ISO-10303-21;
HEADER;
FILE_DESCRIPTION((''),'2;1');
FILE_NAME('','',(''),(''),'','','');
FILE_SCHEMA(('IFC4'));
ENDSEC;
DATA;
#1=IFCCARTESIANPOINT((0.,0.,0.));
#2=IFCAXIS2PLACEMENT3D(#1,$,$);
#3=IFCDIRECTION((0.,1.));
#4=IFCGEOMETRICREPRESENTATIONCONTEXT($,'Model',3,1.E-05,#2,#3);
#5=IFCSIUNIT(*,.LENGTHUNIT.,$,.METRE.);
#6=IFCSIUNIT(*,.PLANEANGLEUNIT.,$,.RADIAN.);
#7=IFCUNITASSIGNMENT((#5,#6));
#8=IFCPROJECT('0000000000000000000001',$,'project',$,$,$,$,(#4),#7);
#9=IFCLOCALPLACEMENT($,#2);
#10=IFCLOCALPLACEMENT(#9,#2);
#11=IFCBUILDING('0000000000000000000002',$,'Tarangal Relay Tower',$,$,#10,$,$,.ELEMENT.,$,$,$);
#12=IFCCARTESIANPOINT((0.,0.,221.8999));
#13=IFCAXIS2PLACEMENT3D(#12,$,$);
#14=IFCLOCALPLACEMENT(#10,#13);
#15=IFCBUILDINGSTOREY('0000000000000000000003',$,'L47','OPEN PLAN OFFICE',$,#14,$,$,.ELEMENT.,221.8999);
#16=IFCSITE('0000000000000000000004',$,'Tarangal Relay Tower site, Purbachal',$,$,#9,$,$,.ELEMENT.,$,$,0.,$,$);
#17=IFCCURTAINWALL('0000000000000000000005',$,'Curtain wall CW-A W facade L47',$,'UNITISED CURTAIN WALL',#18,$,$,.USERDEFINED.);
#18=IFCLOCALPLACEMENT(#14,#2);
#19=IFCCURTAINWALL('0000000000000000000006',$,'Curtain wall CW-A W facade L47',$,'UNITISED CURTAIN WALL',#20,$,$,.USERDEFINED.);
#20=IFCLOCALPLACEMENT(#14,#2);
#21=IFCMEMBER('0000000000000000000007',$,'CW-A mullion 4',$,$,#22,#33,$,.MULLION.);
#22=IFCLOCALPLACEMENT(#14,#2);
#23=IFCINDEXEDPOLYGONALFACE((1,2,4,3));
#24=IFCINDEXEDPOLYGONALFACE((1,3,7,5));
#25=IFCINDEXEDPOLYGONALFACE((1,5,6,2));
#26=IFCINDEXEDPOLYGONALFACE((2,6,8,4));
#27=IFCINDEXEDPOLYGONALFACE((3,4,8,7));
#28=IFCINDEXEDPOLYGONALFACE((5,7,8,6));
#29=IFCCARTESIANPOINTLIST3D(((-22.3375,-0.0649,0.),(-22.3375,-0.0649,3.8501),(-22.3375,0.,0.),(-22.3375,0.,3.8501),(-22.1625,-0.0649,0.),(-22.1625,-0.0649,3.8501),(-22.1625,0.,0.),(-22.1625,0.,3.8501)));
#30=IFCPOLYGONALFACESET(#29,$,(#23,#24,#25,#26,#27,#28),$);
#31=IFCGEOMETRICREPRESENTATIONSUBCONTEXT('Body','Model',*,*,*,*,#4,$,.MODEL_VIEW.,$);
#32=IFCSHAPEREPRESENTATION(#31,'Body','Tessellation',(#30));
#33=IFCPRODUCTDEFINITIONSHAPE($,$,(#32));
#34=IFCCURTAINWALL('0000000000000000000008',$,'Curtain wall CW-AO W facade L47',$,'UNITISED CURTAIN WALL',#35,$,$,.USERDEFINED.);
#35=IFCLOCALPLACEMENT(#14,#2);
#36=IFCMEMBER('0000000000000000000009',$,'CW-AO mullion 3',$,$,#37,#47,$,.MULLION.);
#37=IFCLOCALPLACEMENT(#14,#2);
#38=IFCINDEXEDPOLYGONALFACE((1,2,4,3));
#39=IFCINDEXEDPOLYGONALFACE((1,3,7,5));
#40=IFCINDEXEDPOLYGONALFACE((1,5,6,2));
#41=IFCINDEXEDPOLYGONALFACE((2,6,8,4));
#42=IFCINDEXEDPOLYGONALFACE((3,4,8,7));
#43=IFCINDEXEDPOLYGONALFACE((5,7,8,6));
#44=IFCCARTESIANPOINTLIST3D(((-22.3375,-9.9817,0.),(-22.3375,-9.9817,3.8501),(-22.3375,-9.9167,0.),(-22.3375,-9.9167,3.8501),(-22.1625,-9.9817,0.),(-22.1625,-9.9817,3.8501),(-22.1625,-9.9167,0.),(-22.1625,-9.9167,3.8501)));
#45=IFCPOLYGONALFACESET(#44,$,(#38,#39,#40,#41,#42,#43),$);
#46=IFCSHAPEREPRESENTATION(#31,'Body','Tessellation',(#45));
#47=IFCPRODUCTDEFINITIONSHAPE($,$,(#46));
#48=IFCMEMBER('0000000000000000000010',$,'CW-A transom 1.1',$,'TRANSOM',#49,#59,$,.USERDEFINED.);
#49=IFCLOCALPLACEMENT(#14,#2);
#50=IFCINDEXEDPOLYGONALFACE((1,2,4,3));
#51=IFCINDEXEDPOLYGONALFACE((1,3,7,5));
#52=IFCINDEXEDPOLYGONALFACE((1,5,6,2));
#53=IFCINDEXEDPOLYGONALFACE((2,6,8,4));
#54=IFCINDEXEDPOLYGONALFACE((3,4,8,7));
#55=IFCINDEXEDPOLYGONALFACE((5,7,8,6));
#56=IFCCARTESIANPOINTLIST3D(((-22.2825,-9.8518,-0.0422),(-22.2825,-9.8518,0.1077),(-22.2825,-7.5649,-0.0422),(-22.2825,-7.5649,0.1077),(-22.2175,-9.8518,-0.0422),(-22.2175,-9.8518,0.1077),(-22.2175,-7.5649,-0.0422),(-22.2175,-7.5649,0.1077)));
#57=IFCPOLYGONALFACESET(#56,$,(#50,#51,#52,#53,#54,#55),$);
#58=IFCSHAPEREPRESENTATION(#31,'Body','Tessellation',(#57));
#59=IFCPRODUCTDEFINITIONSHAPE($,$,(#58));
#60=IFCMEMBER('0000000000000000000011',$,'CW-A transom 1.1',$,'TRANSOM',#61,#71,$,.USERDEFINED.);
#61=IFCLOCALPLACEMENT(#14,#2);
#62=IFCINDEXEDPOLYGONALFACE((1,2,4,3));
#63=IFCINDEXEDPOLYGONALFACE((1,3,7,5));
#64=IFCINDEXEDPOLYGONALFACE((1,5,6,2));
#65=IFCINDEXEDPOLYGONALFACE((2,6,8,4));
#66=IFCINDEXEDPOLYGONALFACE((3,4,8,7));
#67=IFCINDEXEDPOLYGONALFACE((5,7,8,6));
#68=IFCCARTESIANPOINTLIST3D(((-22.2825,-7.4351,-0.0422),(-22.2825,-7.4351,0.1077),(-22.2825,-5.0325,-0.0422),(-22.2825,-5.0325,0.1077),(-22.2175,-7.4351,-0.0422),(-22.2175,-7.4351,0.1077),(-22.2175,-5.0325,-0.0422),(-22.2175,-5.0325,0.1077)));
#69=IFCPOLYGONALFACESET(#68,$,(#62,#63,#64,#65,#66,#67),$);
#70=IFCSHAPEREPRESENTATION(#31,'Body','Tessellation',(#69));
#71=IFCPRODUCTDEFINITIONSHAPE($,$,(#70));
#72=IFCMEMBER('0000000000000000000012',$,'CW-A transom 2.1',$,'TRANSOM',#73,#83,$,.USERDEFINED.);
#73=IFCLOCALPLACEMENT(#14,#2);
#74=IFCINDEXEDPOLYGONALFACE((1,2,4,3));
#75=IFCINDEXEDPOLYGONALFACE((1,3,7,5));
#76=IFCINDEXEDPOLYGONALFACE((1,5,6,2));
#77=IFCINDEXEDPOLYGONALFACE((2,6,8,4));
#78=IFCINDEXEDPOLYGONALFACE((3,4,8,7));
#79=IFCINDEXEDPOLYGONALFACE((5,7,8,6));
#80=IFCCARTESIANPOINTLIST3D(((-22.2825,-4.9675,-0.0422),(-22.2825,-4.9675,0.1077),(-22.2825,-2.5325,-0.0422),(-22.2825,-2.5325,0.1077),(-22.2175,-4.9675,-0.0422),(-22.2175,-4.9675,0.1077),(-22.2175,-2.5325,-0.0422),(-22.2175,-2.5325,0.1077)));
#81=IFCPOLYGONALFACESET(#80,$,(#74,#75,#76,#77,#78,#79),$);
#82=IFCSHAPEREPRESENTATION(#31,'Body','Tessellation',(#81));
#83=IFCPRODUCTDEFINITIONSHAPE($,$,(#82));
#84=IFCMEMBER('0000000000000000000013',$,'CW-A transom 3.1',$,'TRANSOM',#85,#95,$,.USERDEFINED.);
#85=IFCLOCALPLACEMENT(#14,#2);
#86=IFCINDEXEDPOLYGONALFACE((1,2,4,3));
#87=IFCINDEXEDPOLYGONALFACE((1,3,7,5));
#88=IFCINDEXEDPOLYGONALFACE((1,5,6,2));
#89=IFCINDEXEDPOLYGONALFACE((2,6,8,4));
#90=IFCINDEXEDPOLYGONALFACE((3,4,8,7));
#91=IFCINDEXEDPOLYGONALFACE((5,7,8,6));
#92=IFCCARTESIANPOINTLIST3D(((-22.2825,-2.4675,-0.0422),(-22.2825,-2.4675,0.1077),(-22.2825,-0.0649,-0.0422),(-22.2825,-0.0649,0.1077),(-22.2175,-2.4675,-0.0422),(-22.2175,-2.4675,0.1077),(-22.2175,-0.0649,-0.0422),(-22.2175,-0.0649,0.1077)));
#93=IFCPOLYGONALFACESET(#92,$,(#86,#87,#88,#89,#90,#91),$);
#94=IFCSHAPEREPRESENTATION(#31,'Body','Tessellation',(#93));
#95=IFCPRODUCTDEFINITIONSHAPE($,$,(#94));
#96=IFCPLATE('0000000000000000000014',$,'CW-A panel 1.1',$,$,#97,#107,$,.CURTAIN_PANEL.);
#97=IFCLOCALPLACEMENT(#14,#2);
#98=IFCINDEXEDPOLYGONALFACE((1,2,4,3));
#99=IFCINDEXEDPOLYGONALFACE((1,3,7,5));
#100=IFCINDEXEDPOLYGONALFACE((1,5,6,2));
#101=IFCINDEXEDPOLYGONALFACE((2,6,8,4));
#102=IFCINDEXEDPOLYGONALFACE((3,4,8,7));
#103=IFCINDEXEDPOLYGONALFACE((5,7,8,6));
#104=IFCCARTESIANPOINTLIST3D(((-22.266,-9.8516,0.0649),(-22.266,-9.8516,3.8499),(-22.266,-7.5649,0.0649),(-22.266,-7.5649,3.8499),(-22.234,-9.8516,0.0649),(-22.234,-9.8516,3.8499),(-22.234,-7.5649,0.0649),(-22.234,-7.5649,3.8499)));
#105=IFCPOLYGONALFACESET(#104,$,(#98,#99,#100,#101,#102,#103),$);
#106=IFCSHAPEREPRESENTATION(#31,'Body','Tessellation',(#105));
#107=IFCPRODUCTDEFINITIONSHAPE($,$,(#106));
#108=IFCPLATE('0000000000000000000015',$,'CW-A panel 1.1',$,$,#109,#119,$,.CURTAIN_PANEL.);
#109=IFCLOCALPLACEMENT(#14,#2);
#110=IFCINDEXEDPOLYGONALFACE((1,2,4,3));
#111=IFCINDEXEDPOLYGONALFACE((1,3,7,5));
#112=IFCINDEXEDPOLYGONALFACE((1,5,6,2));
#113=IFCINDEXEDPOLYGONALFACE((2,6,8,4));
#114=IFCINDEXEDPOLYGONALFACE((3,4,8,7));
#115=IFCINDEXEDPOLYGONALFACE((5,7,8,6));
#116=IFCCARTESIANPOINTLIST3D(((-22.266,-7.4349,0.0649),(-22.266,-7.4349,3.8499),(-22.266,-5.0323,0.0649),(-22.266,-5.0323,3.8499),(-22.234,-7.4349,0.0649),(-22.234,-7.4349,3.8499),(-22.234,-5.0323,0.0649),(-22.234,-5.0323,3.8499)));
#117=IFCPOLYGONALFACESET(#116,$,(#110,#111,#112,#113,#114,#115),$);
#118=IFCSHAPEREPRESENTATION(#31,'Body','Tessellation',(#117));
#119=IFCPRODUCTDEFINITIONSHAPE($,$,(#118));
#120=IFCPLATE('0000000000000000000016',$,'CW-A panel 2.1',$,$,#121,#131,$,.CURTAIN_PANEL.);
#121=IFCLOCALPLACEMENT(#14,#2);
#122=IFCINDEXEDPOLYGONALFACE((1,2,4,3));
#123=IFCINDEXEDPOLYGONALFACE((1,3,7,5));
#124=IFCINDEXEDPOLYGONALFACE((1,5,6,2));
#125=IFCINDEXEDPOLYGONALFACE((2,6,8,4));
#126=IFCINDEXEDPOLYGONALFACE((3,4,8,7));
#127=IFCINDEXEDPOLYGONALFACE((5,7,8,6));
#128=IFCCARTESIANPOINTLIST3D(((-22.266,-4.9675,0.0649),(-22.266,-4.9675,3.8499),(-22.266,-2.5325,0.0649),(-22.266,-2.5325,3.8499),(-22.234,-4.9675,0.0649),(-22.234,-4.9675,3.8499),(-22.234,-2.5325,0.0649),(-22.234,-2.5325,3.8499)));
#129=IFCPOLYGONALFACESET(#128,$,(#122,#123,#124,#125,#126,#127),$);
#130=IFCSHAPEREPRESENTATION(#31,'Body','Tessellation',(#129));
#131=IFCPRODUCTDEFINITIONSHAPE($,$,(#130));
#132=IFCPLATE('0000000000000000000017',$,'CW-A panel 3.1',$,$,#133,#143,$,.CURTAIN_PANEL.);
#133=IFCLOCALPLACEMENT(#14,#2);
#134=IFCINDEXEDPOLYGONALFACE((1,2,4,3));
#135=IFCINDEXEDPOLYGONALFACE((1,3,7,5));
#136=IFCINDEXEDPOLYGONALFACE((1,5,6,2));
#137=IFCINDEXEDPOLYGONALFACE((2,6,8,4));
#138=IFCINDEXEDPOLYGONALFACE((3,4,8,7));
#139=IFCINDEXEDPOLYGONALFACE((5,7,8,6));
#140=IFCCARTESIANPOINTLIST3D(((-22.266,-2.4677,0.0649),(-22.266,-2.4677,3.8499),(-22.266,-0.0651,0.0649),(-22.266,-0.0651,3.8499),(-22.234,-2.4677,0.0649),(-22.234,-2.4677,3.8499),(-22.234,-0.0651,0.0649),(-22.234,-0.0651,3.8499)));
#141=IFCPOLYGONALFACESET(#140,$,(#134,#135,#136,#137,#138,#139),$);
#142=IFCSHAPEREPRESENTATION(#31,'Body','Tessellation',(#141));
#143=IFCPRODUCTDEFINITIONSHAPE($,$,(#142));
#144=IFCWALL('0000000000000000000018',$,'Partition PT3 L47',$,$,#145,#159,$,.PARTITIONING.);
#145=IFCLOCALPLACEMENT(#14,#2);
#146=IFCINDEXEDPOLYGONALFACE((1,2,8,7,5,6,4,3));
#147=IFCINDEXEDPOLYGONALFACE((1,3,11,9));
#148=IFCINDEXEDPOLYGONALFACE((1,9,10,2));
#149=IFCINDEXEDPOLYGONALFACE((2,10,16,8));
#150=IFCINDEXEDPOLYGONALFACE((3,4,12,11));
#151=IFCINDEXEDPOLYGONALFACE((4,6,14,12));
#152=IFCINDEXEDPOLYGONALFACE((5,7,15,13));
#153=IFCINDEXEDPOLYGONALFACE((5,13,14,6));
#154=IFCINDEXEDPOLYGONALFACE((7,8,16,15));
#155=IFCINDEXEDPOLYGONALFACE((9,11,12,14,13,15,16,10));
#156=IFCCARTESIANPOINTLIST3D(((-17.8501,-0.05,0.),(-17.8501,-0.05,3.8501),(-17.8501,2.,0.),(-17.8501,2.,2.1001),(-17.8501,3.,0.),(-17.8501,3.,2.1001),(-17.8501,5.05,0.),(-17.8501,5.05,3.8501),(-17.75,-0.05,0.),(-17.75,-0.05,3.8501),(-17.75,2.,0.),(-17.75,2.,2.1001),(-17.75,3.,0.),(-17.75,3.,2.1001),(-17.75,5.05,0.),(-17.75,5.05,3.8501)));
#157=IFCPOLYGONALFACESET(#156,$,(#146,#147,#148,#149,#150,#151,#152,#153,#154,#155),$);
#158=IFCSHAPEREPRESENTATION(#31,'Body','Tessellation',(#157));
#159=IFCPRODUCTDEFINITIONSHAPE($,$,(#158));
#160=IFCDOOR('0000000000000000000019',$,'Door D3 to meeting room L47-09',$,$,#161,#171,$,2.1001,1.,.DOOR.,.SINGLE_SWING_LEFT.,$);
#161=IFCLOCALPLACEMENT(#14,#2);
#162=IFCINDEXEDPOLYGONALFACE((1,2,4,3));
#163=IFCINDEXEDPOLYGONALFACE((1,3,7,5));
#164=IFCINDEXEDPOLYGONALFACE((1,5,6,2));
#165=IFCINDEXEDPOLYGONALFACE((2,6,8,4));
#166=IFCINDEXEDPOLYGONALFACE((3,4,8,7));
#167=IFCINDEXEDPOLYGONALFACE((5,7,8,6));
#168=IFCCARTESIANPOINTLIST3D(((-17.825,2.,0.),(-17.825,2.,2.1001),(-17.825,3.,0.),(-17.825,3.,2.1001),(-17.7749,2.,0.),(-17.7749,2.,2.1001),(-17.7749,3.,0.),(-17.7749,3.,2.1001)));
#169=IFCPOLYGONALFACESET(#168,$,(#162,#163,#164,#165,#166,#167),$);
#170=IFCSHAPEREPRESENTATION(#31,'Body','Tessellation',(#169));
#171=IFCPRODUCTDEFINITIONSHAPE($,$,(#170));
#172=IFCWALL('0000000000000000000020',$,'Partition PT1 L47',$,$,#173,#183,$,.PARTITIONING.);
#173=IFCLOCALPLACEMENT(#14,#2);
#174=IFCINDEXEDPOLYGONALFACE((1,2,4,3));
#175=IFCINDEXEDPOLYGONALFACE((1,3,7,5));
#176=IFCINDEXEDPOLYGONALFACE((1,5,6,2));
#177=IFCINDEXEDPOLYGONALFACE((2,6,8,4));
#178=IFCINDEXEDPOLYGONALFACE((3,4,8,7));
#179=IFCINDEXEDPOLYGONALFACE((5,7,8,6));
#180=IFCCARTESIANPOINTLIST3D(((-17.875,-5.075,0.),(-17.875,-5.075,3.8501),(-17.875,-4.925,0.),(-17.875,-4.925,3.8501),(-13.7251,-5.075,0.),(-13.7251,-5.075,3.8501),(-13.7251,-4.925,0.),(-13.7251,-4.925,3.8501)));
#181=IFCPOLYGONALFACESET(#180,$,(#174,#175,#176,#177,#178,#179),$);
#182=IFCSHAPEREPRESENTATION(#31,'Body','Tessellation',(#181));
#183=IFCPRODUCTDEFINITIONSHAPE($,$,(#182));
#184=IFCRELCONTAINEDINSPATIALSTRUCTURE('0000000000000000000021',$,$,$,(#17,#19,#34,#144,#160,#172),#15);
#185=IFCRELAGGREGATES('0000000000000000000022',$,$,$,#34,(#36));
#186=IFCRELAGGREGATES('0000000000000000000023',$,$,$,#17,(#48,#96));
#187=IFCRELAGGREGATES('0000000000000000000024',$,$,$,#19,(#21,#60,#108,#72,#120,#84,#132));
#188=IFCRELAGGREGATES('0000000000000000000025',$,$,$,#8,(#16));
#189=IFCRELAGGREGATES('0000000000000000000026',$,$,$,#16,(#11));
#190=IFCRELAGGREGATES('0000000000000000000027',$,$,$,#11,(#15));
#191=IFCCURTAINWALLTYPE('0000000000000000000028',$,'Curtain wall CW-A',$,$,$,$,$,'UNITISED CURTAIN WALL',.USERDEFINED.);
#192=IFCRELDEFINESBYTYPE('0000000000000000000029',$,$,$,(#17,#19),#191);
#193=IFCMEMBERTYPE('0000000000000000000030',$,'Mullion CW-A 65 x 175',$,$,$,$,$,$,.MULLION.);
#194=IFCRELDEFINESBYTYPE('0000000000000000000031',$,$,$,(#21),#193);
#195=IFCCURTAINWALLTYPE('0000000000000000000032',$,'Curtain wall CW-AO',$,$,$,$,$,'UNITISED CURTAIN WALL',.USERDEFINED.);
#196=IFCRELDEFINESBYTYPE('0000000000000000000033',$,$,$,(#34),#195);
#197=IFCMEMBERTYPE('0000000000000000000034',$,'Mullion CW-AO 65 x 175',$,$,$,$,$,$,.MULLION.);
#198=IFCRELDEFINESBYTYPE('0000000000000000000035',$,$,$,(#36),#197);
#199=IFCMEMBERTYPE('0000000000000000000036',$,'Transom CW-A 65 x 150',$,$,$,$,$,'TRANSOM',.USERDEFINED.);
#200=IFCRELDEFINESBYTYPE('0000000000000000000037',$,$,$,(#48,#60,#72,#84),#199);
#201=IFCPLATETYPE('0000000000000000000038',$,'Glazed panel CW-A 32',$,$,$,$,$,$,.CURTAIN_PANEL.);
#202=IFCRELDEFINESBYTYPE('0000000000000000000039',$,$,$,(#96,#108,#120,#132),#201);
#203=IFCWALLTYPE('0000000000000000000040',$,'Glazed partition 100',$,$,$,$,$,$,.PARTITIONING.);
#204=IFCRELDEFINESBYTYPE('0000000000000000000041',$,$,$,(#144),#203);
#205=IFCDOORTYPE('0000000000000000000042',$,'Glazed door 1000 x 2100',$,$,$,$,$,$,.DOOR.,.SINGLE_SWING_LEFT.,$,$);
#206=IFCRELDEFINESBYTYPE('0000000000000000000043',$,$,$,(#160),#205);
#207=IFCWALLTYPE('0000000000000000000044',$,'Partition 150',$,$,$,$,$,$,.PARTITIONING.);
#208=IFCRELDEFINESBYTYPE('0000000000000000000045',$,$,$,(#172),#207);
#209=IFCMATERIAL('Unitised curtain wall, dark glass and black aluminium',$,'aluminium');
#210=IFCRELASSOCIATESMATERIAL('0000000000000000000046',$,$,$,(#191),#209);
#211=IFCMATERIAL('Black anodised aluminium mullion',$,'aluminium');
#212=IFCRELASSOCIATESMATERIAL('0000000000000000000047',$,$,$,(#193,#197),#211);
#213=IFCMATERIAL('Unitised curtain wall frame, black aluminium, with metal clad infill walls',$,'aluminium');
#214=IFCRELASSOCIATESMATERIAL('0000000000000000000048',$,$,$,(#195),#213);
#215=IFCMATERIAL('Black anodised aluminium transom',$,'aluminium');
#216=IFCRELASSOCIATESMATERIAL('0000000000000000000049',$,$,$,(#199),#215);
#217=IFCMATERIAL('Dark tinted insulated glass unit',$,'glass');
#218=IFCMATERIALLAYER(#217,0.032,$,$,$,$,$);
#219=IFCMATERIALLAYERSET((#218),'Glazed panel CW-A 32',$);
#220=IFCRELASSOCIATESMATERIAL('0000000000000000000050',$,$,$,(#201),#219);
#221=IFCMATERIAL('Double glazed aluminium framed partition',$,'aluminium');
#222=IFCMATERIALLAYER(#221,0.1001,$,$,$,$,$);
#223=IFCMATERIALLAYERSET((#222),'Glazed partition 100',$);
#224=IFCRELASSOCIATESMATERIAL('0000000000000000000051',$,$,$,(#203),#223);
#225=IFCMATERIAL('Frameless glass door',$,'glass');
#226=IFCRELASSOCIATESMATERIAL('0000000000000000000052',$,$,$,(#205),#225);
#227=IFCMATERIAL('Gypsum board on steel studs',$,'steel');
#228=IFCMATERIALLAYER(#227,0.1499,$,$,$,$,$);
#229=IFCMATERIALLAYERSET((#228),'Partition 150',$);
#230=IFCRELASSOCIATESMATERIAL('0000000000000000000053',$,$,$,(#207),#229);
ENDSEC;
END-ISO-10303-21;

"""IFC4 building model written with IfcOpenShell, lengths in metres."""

from ifc_helpers import new_model, si_unit, direction, frame, frame_2d, origin, origin_2d, place, context, subcontext, project, spatial, rectangle, extrude, material, layer, layer_set, material_profile, profile_set, type_object, element, fill, aggregate, save


model = new_model("IFC4")

# Units and contexts
model_context = context("Model", 3, precision=1e-05, world=origin(), true_north=direction((0.0, 1.0)))
body_context = subcontext(model_context, "Body", "Model", "MODEL_VIEW")
ifc_project = project(units=[si_unit("LENGTHUNIT", "METRE"), si_unit("PLANEANGLEUNIT", "RADIAN")], contexts=[model_context])

# Site, building, storey
site_placement = place(None, origin())
site = spatial("IfcSite", under=ifc_project, at=site_placement, Name="Tarangal Relay Tower site, Purbachal", CompositionType="ELEMENT", RefElevation=0.0)
building_placement = place(site_placement, origin())
building = spatial("IfcBuilding", under=site, at=building_placement, Name="Tarangal Relay Tower", CompositionType="ELEMENT")
storey_placement = place(building_placement, frame((0.0, 0.0, 221.8999)))
storey = spatial("IfcBuildingStorey", under=building, at=storey_placement, Name="L47", Description="OPEN PLAN OFFICE", CompositionType="ELEMENT", Elevation=221.8999)

# Curtain walls, member
ifc_material_1 = material(Name="Unitised curtain wall, dark glass and black aluminium", Category="aluminium")
curtain_wall_type_1 = type_object("IfcCurtainWallType", Name="Curtain wall CW-A", ElementType="UNITISED CURTAIN WALL", PredefinedType="USERDEFINED", material=ifc_material_1)
curtain_wall_1_placement = place(storey_placement, origin())
curtain_wall_1 = element("IfcCurtainWall", 1, at=curtain_wall_1_placement, inside=storey, type_object=curtain_wall_type_1, Name="Curtain wall CW-A W facade L47", ObjectType="UNITISED CURTAIN WALL", PredefinedType="USERDEFINED")
ifc_material_2 = material(Name="Black anodised aluminium mullion", Category="aluminium")
ifc_material_profile_1 = material_profile(ifc_material_2, rectangle(XDim=0.175, YDim=0.0649, at=origin_2d()), Name="CW-AM 65X175")
ifc_profile_set_1 = profile_set([ifc_material_profile_1], Name="Black anodised aluminium mullion")
member_type_1 = type_object("IfcMemberType", Name="Mullion CW-A 65 x 175", PredefinedType="MULLION", material=ifc_profile_set_1)
curtain_wall_2_placement = place(storey_placement, origin())
curtain_wall_2 = element("IfcCurtainWall", 2, at=curtain_wall_2_placement, inside=storey, type_object=curtain_wall_type_1, Name="Curtain wall CW-A W facade L47", ObjectType="UNITISED CURTAIN WALL", PredefinedType="USERDEFINED")
member_1_placement = place(storey_placement, frame((-22.25, -0.0325, 0.0), z_axis=(0.0, 0.0, 1.0), x_axis=(-1.0, 0.0, 0.0)))
member_1 = element("IfcMember", 3, at=member_1_placement, type_object=member_type_1, Name="CW-A mullion 4", PredefinedType="MULLION", context=body_context, shape_type="SweptSolid", body=[
    extrude(rectangle(XDim=0.175, YDim=0.0649, at=origin_2d()), origin(), (0.0, 0.0, 1.0), 3.8501),
])

# Curtain wall, member
ifc_material_3 = material(Name="Unitised curtain wall frame, black aluminium, with metal clad infill walls", Category="aluminium")
curtain_wall_type_2 = type_object("IfcCurtainWallType", Name="Curtain wall CW-AO", ElementType="UNITISED CURTAIN WALL", PredefinedType="USERDEFINED", material=ifc_material_3)
curtain_wall_3_placement = place(storey_placement, origin())
curtain_wall_3 = element("IfcCurtainWall", 4, at=curtain_wall_3_placement, inside=storey, type_object=curtain_wall_type_2, Name="Curtain wall CW-AO W facade L47", ObjectType="UNITISED CURTAIN WALL", PredefinedType="USERDEFINED")
ifc_material_profile_2 = material_profile(ifc_material_2, rectangle(XDim=0.175, YDim=0.0649, at=origin_2d()), Name="CW-AOM 65X175")
ifc_profile_set_2 = profile_set([ifc_material_profile_2], Name="Black anodised aluminium mullion")
member_type_2 = type_object("IfcMemberType", Name="Mullion CW-AO 65 x 175", PredefinedType="MULLION", material=ifc_profile_set_2)
member_2_placement = place(storey_placement, frame((-22.25, -9.9492, 0.0), z_axis=(0.0, 0.0, 1.0), x_axis=(-1.0, 0.0, 0.0)))
member_2 = element("IfcMember", 5, at=member_2_placement, type_object=member_type_2, Name="CW-AO mullion 3", PredefinedType="MULLION", context=body_context, shape_type="SweptSolid", body=[
    extrude(rectangle(XDim=0.175, YDim=0.0649, at=origin_2d()), origin(), (0.0, 0.0, 1.0), 3.8501),
])
aggregate(curtain_wall_3, [member_2])

# Members
ifc_material_4 = material(Name="Black anodised aluminium transom", Category="aluminium")
ifc_material_profile_3 = material_profile(ifc_material_4, rectangle(XDim=0.0649, YDim=0.1499, at=origin_2d()), Name="CW-AT 65X150")
ifc_profile_set_3 = profile_set([ifc_material_profile_3], Name="Black anodised aluminium transom")
member_type_3 = type_object("IfcMemberType", Name="Transom CW-A 65 x 150", ElementType="TRANSOM", PredefinedType="USERDEFINED", material=ifc_profile_set_3)
member_3_placement = place(storey_placement, frame((-22.25, -9.8518, 0.0327), z_axis=(0.0, 1.0, 0.0), x_axis=(-1.0, 0.0, 0.0)))
member_3 = element("IfcMember", 6, at=member_3_placement, type_object=member_type_3, Name="CW-A transom 1.1", ObjectType="TRANSOM", PredefinedType="USERDEFINED", context=body_context, shape_type="SweptSolid", body=[
    extrude(rectangle(XDim=0.0649, YDim=0.1499, at=origin_2d()), origin(), (0.0, 0.0, 1.0), 2.2869),
])
member_4_placement = place(storey_placement, frame((-22.25, -7.4351, 0.0327), z_axis=(0.0, 1.0, 0.0), x_axis=(-1.0, 0.0, 0.0)))
member_4 = element("IfcMember", 7, at=member_4_placement, type_object=member_type_3, Name="CW-A transom 1.1", ObjectType="TRANSOM", PredefinedType="USERDEFINED", context=body_context, shape_type="SweptSolid", body=[
    extrude(rectangle(XDim=0.0649, YDim=0.1499, at=origin_2d()), origin(), (0.0, 0.0, 1.0), 2.4026),
])
member_5_placement = place(storey_placement, frame((-22.25, -4.9675, 0.0327), z_axis=(0.0, 1.0, 0.0), x_axis=(-1.0, 0.0, 0.0)))
member_5 = element("IfcMember", 8, at=member_5_placement, type_object=member_type_3, Name="CW-A transom 2.1", ObjectType="TRANSOM", PredefinedType="USERDEFINED", context=body_context, shape_type="SweptSolid", body=[
    extrude(rectangle(XDim=0.0649, YDim=0.1499, at=origin_2d()), origin(), (0.0, 0.0, 1.0), 2.4351),
])
member_6_placement = place(storey_placement, frame((-22.25, -2.4675, 0.0327), z_axis=(0.0, 1.0, 0.0), x_axis=(-1.0, 0.0, 0.0)))
member_6 = element("IfcMember", 9, at=member_6_placement, type_object=member_type_3, Name="CW-A transom 3.1", ObjectType="TRANSOM", PredefinedType="USERDEFINED", context=body_context, shape_type="SweptSolid", body=[
    extrude(rectangle(XDim=0.0649, YDim=0.1499, at=origin_2d()), origin(), (0.0, 0.0, 1.0), 2.4026),
])

# Plates
ifc_material_5 = material(Name="Dark tinted insulated glass unit", Category="glass")
ifc_layer_1 = layer(ifc_material_5, 0.032)
ifc_layer_set_1 = layer_set([ifc_layer_1], Name="Glazed panel CW-A 32")
plate_type = type_object("IfcPlateType", Name="Glazed panel CW-A 32", PredefinedType="CURTAIN_PANEL", material=ifc_layer_set_1)
plate_1_placement = place(storey_placement, frame((-22.25, -8.7083, 0.0649), z_axis=(0.0, 0.0, 1.0), x_axis=(0.0, 1.0, 0.0)))
plate_1 = element("IfcPlate", 10, at=plate_1_placement, type_object=plate_type, Name="CW-A panel 1.1", PredefinedType="CURTAIN_PANEL", context=body_context, shape_type="SweptSolid", body=[
    extrude(rectangle(XDim=2.2866, YDim=0.032, at=origin_2d()), origin(), (0.0, 0.0, 1.0), 3.7849),
])
aggregate(curtain_wall_1, [member_3, plate_1])
plate_2_placement = place(storey_placement, frame((-22.25, -6.2336, 0.0649), z_axis=(0.0, 0.0, 1.0), x_axis=(0.0, 1.0, 0.0)))
plate_2 = element("IfcPlate", 11, at=plate_2_placement, type_object=plate_type, Name="CW-A panel 1.1", PredefinedType="CURTAIN_PANEL", context=body_context, shape_type="SweptSolid", body=[
    extrude(rectangle(XDim=2.4026, YDim=0.032, at=origin_2d()), origin(), (0.0, 0.0, 1.0), 3.7849),
])
plate_3_placement = place(storey_placement, frame((-22.25, -3.75, 0.0649), z_axis=(0.0, 0.0, 1.0), x_axis=(0.0, 1.0, 0.0)))
plate_3 = element("IfcPlate", 12, at=plate_3_placement, type_object=plate_type, Name="CW-A panel 2.1", PredefinedType="CURTAIN_PANEL", context=body_context, shape_type="SweptSolid", body=[
    extrude(rectangle(XDim=2.4351, YDim=0.032, at=origin_2d()), origin(), (0.0, 0.0, 1.0), 3.7849),
])
plate_4_placement = place(storey_placement, frame((-22.25, -1.2664, 0.0649), z_axis=(0.0, 0.0, 1.0), x_axis=(0.0, 1.0, 0.0)))
plate_4 = element("IfcPlate", 13, at=plate_4_placement, type_object=plate_type, Name="CW-A panel 3.1", PredefinedType="CURTAIN_PANEL", context=body_context, shape_type="SweptSolid", body=[
    extrude(rectangle(XDim=2.4026, YDim=0.032, at=origin_2d()), origin(), (0.0, 0.0, 1.0), 3.7849),
])
aggregate(curtain_wall_2, [member_1, member_4, plate_2, member_5, plate_3, member_6, plate_4])

# Wall, opening, door
ifc_material_6 = material(Name="Double glazed aluminium framed partition", Category="aluminium")
ifc_layer_2 = layer(ifc_material_6, 0.1001)
ifc_layer_set_2 = layer_set([ifc_layer_2], Name="Glazed partition 100")
wall_type_1 = type_object("IfcWallType", Name="Glazed partition 100", PredefinedType="PARTITIONING", material=ifc_layer_set_2)
wall_1_placement = place(storey_placement, frame((-17.8, -0.05, 0.0), z_axis=(0.0, 0.0, 1.0), x_axis=(0.0, 1.0, 0.0)))
wall_1 = element("IfcWall", 14, at=wall_1_placement, inside=storey, type_object=wall_type_1, Name="Partition PT3 L47", PredefinedType="PARTITIONING", context=body_context, shape_type="SweptSolid", body=[
    extrude(rectangle(XDim=5.1001, YDim=0.1001, at=frame_2d((2.55, 0.0))), origin(), (0.0, 0.0, 1.0), 3.8501),
])
opening_1_placement = place(wall_1_placement, frame((2.05, 0.0, 0.0)))
opening_1 = element("IfcOpeningElement", 15, at=opening_1_placement, cuts=wall_1, PredefinedType="OPENING", context=body_context, shape_type="SweptSolid", body=[
    extrude(rectangle(XDim=1.0, YDim=2.1001, at=frame_2d((0.5, 1.05))), frame((0.0, 0.0601, 0.0), z_axis=(0.0, -1.0, 0.0), x_axis=(1.0, 0.0, 0.0)), (0.0, 0.0, 1.0), 0.1201),
])
ifc_material_7 = material(Name="Frameless glass door", Category="glass")
door_type_1 = type_object("IfcDoorType", Name="Glazed door 1000 x 2100", OperationType="SINGLE_SWING_LEFT", PredefinedType="DOOR", material=ifc_material_7)
door_1_placement = place(opening_1_placement, origin())
door_1 = element("IfcDoor", 16, at=door_1_placement, inside=storey, type_object=door_type_1, Name="Door D3 to meeting room L47-09", OperationType="SINGLE_SWING_LEFT", OverallHeight=2.1001, OverallWidth=1.0, PredefinedType="DOOR", context=body_context, shape_type="SweptSolid", body=[
    extrude(rectangle(XDim=1.0, YDim=2.1001, at=frame_2d((0.5, 1.05))), frame((0.0, 0.0249, 0.0), z_axis=(0.0, -1.0, 0.0), x_axis=(1.0, 0.0, 0.0)), (0.0, 0.0, 1.0), 0.05),
])
fill(opening_1, door_1)

# Wall
ifc_material_8 = material(Name="Gypsum board on steel studs", Category="steel")
ifc_layer_3 = layer(ifc_material_8, 0.1499)
ifc_layer_set_3 = layer_set([ifc_layer_3], Name="Partition 150")
wall_type_2 = type_object("IfcWallType", Name="Partition 150", PredefinedType="PARTITIONING", material=ifc_layer_set_3)
wall_2_placement = place(storey_placement, frame((-17.875, -5.0, 0.0), z_axis=(0.0, 0.0, 1.0), x_axis=(1.0, 0.0, 0.0)))
element("IfcWall", 17, at=wall_2_placement, inside=storey, type_object=wall_type_2, Name="Partition PT1 L47", PredefinedType="PARTITIONING", context=body_context, shape_type="SweptSolid", body=[
    extrude(rectangle(XDim=4.1499, YDim=0.1499, at=frame_2d((2.075, 0.0))), origin(), (0.0, 0.0, 1.0), 3.8501),
])

save(model, "model.ifc")
